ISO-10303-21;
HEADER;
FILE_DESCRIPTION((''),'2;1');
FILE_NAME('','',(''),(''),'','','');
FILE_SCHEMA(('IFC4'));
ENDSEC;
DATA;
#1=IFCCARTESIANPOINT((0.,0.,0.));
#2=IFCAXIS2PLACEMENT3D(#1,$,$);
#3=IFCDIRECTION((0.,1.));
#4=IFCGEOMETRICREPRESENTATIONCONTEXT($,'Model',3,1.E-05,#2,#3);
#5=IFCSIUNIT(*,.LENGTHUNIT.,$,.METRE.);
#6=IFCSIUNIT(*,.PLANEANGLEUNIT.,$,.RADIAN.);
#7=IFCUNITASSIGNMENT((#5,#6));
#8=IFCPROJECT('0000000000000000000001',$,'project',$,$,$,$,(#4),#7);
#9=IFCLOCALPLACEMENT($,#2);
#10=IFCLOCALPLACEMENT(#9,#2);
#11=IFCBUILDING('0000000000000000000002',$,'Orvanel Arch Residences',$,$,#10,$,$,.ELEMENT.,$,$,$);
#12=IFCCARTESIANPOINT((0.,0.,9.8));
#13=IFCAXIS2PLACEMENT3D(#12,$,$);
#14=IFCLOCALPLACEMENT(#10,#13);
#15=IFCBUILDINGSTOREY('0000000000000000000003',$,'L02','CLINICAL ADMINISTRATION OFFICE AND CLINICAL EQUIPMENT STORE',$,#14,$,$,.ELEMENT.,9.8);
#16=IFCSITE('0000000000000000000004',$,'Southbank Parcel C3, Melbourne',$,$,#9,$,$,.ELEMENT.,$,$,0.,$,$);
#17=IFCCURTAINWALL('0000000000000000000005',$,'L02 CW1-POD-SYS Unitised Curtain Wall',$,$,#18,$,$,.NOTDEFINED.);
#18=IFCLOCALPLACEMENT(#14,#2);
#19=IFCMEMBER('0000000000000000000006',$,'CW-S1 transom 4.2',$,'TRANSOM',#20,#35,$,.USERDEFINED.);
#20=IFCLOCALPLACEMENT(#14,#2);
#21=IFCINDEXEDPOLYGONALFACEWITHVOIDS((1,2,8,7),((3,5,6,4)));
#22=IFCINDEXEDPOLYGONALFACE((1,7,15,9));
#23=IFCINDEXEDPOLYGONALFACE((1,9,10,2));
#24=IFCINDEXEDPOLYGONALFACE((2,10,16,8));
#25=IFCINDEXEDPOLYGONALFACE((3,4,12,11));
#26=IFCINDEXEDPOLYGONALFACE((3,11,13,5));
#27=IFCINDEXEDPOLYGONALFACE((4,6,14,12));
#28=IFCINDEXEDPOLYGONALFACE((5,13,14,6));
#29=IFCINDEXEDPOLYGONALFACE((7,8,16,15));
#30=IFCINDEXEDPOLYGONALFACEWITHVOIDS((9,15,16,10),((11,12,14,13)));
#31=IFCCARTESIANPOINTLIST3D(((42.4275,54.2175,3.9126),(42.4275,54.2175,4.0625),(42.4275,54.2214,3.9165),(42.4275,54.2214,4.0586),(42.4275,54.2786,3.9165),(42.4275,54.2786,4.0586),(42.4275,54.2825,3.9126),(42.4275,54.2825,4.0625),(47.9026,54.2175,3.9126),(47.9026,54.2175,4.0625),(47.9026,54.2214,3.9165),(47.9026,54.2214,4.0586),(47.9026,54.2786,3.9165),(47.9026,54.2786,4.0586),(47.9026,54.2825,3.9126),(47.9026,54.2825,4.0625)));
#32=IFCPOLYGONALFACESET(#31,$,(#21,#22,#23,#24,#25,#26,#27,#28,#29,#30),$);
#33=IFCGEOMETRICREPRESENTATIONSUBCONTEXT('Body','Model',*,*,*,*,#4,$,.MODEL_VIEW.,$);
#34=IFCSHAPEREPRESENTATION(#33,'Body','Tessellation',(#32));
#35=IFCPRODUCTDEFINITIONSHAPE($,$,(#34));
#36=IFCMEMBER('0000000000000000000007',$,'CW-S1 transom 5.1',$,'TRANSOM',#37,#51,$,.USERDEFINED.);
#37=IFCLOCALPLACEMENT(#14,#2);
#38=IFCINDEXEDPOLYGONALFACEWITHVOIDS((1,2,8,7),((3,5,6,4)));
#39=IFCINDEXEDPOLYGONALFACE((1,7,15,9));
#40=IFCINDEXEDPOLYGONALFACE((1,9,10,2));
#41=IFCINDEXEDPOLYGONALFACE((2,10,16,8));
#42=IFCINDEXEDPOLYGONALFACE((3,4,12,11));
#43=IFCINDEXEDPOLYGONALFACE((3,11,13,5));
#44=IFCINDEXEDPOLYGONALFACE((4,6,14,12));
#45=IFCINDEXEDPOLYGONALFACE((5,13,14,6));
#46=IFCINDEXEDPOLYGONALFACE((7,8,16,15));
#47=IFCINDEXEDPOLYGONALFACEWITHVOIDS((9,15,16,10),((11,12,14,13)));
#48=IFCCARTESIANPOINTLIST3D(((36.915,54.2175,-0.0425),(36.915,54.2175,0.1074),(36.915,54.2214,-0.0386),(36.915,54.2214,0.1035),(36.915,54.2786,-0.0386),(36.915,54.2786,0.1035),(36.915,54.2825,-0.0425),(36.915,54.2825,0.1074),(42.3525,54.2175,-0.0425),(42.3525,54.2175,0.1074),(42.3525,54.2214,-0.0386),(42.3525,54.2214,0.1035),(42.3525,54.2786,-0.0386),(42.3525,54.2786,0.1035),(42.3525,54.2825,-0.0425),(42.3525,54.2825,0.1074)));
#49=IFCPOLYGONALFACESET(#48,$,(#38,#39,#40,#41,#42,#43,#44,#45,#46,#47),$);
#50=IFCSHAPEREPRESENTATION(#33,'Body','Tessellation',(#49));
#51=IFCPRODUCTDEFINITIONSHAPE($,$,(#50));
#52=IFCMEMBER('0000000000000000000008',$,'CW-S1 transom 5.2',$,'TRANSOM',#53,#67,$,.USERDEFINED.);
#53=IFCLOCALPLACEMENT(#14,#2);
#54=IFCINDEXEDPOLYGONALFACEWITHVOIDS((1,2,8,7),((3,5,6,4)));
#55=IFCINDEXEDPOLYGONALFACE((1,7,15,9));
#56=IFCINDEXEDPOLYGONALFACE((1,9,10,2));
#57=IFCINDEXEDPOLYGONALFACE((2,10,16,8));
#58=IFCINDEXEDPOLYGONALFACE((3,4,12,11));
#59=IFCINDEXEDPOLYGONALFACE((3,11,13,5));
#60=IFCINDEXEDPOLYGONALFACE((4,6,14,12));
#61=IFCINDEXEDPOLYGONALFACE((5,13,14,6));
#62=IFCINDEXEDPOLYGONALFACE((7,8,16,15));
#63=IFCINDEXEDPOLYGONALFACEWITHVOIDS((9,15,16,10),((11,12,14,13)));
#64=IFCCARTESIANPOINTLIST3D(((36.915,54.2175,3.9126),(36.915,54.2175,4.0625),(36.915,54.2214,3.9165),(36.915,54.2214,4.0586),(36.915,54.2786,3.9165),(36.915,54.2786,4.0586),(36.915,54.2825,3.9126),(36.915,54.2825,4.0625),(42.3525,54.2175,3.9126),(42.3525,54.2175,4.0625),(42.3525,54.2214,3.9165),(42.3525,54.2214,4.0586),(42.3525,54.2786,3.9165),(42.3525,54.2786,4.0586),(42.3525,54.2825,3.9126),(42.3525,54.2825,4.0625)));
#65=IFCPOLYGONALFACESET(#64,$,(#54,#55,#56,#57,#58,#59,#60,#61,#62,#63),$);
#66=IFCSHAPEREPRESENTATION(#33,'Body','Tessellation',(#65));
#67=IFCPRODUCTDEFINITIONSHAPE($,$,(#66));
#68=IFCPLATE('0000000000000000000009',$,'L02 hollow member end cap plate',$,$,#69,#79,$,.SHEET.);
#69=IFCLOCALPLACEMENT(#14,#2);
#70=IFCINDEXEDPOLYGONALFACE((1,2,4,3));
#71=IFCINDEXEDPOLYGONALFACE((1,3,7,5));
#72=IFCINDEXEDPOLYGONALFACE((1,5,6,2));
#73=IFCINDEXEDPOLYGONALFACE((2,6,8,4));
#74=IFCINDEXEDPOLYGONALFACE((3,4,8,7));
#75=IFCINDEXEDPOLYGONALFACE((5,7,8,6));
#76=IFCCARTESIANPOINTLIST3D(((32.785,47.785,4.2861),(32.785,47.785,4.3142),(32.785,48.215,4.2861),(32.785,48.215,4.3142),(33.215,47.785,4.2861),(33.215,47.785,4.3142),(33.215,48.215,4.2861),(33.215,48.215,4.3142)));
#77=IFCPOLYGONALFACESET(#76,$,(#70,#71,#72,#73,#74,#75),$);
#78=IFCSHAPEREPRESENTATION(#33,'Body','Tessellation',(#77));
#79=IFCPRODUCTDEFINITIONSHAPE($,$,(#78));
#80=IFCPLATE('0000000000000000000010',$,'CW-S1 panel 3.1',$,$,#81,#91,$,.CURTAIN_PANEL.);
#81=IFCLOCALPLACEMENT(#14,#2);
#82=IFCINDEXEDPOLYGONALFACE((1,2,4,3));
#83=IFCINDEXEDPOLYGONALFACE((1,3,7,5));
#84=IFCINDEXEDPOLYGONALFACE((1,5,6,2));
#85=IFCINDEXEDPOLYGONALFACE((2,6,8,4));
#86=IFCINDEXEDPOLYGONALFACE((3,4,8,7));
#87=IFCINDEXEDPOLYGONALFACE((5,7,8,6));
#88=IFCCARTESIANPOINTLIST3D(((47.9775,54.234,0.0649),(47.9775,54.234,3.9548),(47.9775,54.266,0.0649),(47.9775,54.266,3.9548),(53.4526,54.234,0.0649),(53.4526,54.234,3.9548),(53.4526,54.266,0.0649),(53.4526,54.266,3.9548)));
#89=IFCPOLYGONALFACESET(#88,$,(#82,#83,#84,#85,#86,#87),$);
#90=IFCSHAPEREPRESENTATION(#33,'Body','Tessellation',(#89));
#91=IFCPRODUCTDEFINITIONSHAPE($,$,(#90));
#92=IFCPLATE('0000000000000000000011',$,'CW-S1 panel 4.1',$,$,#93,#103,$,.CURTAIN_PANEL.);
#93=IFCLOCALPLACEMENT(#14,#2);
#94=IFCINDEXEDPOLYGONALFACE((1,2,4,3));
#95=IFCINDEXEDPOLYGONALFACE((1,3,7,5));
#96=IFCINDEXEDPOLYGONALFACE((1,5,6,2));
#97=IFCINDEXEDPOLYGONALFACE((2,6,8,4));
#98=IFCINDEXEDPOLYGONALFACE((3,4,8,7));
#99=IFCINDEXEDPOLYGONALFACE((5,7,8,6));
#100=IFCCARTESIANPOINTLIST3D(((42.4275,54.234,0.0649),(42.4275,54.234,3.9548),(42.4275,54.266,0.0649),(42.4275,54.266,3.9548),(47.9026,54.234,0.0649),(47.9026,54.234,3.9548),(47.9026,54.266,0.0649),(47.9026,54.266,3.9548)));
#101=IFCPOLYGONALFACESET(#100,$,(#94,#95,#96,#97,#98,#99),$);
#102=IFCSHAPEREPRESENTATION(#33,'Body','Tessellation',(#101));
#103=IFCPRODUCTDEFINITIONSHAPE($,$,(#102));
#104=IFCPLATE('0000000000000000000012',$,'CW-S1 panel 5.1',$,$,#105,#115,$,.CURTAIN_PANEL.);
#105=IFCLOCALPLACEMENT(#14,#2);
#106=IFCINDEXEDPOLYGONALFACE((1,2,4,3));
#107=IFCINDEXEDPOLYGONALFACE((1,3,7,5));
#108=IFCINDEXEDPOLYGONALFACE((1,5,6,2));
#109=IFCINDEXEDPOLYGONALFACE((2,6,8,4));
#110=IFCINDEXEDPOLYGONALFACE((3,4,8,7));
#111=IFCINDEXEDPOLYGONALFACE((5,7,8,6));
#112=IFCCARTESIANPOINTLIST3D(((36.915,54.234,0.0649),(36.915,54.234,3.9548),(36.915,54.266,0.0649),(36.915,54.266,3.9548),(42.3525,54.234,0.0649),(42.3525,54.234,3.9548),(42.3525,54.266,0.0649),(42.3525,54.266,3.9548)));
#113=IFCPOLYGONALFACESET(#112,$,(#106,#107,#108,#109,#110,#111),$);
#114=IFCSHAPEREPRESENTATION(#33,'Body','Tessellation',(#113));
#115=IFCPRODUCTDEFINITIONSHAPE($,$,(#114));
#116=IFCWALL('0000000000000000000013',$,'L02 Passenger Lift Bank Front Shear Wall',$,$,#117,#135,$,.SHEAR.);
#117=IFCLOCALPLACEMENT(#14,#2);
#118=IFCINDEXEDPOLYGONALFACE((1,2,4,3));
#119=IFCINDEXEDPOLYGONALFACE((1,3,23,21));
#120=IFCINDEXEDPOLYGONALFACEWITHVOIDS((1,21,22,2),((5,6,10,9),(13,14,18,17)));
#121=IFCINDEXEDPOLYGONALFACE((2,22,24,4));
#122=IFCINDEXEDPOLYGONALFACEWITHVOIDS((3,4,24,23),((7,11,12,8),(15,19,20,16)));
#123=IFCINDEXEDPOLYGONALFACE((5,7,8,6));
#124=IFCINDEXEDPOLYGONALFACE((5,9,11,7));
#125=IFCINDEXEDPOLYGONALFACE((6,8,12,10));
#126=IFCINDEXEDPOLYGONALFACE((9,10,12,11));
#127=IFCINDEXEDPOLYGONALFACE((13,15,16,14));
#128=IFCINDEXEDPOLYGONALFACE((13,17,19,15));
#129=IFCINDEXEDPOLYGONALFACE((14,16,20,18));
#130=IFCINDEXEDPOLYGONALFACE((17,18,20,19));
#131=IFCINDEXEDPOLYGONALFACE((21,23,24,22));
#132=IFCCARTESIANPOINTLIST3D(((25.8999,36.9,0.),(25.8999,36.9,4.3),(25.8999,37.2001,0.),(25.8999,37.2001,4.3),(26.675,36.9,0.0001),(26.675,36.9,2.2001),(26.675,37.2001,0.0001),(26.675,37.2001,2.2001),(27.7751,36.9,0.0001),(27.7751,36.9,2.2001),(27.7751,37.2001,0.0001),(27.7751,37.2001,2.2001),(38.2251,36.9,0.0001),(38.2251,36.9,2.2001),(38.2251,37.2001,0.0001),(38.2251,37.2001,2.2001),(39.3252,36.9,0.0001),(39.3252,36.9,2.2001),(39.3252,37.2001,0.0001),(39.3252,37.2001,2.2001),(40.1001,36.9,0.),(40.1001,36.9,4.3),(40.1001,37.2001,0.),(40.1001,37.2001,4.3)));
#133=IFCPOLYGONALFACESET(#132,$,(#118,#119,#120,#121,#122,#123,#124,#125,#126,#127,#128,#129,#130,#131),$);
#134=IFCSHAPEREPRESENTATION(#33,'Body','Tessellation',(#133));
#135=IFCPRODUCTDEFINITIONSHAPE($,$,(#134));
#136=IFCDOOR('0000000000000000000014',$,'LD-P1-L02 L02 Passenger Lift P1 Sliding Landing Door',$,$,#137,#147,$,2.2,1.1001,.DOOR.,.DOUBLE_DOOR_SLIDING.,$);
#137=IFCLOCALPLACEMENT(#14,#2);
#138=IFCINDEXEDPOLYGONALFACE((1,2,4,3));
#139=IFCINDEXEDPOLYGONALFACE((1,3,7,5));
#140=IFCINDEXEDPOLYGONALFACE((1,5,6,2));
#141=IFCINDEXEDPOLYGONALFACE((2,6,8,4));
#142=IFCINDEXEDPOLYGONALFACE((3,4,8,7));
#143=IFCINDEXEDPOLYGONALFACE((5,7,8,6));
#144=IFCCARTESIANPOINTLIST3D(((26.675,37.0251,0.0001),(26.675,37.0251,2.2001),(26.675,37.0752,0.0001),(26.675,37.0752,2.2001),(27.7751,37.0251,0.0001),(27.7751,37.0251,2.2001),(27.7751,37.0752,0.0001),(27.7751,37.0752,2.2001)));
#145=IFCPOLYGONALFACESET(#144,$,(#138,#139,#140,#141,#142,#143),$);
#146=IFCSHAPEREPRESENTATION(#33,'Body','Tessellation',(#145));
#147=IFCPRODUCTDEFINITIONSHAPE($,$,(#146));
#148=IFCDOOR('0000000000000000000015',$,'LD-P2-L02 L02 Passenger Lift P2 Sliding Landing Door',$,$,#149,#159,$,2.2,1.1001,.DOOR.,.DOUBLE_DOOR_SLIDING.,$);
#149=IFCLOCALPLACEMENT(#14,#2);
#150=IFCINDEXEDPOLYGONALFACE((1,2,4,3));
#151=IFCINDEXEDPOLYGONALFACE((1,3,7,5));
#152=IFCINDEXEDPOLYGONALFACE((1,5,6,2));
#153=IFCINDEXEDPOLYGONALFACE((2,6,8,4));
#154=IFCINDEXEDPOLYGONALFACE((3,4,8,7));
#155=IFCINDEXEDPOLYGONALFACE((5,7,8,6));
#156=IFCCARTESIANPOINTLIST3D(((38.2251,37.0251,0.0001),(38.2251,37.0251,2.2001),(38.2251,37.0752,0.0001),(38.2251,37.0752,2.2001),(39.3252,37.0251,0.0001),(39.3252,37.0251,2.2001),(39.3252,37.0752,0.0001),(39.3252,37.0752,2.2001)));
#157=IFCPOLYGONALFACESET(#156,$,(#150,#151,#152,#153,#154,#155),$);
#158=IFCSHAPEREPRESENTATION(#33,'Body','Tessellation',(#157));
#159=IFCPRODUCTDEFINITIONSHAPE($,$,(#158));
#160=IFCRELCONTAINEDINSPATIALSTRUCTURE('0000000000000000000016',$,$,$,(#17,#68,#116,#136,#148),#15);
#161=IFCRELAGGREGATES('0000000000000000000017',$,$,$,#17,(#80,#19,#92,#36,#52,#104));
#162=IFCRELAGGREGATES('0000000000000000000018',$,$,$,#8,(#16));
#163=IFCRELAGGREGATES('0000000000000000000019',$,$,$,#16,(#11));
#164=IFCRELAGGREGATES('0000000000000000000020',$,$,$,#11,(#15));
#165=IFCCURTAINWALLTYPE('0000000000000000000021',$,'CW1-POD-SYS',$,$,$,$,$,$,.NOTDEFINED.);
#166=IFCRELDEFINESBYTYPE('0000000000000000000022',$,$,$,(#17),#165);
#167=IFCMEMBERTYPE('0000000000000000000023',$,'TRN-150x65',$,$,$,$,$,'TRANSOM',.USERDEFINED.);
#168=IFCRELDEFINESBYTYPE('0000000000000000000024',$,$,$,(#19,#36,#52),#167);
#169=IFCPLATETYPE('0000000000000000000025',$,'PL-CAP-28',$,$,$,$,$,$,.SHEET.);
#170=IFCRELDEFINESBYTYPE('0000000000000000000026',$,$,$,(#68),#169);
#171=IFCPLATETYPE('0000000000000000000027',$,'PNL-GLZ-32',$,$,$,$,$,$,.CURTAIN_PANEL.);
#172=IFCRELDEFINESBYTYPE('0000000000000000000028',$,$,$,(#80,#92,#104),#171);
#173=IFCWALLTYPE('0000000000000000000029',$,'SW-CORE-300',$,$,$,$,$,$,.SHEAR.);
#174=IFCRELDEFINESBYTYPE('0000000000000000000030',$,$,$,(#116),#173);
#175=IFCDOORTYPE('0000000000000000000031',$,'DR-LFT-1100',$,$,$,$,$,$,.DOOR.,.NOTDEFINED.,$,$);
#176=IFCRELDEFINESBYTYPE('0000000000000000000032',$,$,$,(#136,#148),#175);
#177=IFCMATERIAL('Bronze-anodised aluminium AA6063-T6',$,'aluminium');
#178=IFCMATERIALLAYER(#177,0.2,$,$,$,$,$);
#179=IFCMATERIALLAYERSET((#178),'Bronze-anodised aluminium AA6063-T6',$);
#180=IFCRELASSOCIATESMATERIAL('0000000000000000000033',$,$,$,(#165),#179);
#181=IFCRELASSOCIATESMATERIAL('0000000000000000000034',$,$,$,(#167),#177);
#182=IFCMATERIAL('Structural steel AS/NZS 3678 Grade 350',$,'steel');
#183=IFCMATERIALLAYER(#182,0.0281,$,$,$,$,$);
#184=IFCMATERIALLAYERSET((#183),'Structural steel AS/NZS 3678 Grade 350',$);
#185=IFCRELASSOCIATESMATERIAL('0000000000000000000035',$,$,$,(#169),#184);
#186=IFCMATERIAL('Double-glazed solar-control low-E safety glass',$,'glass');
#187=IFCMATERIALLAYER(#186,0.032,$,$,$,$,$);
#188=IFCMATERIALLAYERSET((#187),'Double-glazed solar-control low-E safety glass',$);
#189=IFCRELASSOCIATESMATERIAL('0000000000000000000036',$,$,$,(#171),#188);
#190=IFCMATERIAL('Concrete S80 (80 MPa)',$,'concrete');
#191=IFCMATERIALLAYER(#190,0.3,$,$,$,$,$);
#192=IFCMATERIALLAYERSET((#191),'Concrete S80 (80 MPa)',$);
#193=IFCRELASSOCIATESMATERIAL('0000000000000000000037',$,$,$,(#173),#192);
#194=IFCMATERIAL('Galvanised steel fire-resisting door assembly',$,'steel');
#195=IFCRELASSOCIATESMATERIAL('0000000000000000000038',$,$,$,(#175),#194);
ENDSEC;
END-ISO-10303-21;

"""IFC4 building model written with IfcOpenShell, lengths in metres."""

from ifc_helpers import new_model, si_unit, direction, frame, frame_2d, origin, origin_2d, place, context, subcontext, project, spatial, rectangle, hollow_rectangle, extrude, material, layer, layer_set, material_profile, profile_set, type_object, element, fill, aggregate, save


model = new_model("IFC4")

# Units and contexts
model_context = context("Model", 3, precision=1e-05, world=origin(), true_north=direction((0.0, 1.0)))
body_context = subcontext(model_context, "Body", "Model", "MODEL_VIEW")
ifc_project = project(units=[si_unit("LENGTHUNIT", "METRE"), si_unit("PLANEANGLEUNIT", "RADIAN")], contexts=[model_context])

# Site, building, storey
site_placement = place(None, origin())
site = spatial("IfcSite", under=ifc_project, at=site_placement, Name="Southbank Parcel C3, Melbourne", CompositionType="ELEMENT", RefElevation=0.0)
building_placement = place(site_placement, origin())
building = spatial("IfcBuilding", under=site, at=building_placement, Name="Orvanel Arch Residences", CompositionType="ELEMENT")
storey_placement = place(building_placement, frame((0.0, 0.0, 9.8)))
storey = spatial("IfcBuildingStorey", under=building, at=storey_placement, Name="L02", Description="CLINICAL ADMINISTRATION OFFICE AND CLINICAL EQUIPMENT STORE", CompositionType="ELEMENT", Elevation=9.8)

# Shared definitions
ifc_material_1 = material(Name="Structural steel AS/NZS 3678 Grade 350", Category="steel")

# Curtain wall, members
ifc_material_2 = material(Name="Bronze-anodised aluminium AA6063-T6", Category="aluminium")
ifc_layer_1 = layer(ifc_material_2, 0.2)
ifc_layer_set_1 = layer_set([ifc_layer_1], Name="Bronze-anodised aluminium AA6063-T6")
curtain_wall_type = type_object("IfcCurtainWallType", Name="CW1-POD-SYS", PredefinedType="NOTDEFINED", material=ifc_layer_set_1)
curtain_wall_placement = place(storey_placement, origin())
curtain_wall = element("IfcCurtainWall", 1, at=curtain_wall_placement, inside=storey, type_object=curtain_wall_type, Name="L02 CW1-POD-SYS Unitised Curtain Wall", PredefinedType="NOTDEFINED")
ifc_material_profile_1 = material_profile(ifc_material_2, hollow_rectangle(XDim=0.0649, YDim=0.1499, WallThickness=0.0039, at=origin_2d()), Name="ALU150x65x4")
ifc_profile_set_1 = profile_set([ifc_material_profile_1], Name="Bronze-anodised aluminium AA6063-T6")
member_type_1 = type_object("IfcMemberType", Name="TRN-150x65", ElementType="TRANSOM", PredefinedType="USERDEFINED", material=ifc_profile_set_1)
member_1_placement = place(storey_placement, frame((47.9026, 54.25, 3.9875), z_axis=(-1.0, 0.0, 0.0), x_axis=(0.0, -1.0, 0.0)))
member_1 = element("IfcMember", 2, at=member_1_placement, type_object=member_type_1, Name="CW-S1 transom 4.2", ObjectType="TRANSOM", PredefinedType="USERDEFINED", context=body_context, shape_type="SweptSolid", body=[
    extrude(hollow_rectangle(XDim=0.0649, YDim=0.1499, WallThickness=0.0039, at=origin_2d()), origin(), (0.0, 0.0, 1.0), 5.4751),
])
member_2_placement = place(storey_placement, frame((42.3525, 54.25, 0.0325), z_axis=(-1.0, 0.0, 0.0), x_axis=(0.0, -1.0, 0.0)))
member_2 = element("IfcMember", 3, at=member_2_placement, type_object=member_type_1, Name="CW-S1 transom 5.1", ObjectType="TRANSOM", PredefinedType="USERDEFINED", context=body_context, shape_type="SweptSolid", body=[
    extrude(hollow_rectangle(XDim=0.0649, YDim=0.1499, WallThickness=0.0039, at=origin_2d()), origin(), (0.0, 0.0, 1.0), 5.4375),
])
member_3_placement = place(storey_placement, frame((42.3525, 54.25, 3.9875), z_axis=(-1.0, 0.0, 0.0), x_axis=(0.0, -1.0, 0.0)))
member_3 = element("IfcMember", 4, at=member_3_placement, type_object=member_type_1, Name="CW-S1 transom 5.2", ObjectType="TRANSOM", PredefinedType="USERDEFINED", context=body_context, shape_type="SweptSolid", body=[
    extrude(hollow_rectangle(XDim=0.0649, YDim=0.1499, WallThickness=0.0039, at=origin_2d()), origin(), (0.0, 0.0, 1.0), 5.4375),
])

# Plates
ifc_layer_2 = layer(ifc_material_1, 0.0281)
ifc_layer_set_2 = layer_set([ifc_layer_2], Name="Structural steel AS/NZS 3678 Grade 350")
plate_type_1 = type_object("IfcPlateType", Name="PL-CAP-28", PredefinedType="SHEET", material=ifc_layer_set_2)
plate_1_placement = place(storey_placement, frame((33.0, 48.0, 4.2861), z_axis=(0.0, 0.0, 1.0), x_axis=(1.0, 0.0, 0.0)))
element("IfcPlate", 5, at=plate_1_placement, inside=storey, type_object=plate_type_1, Name="L02 hollow member end cap plate", PredefinedType="SHEET", context=body_context, shape_type="SweptSolid", body=[
    extrude(rectangle(XDim=0.4299, YDim=0.4299, at=origin_2d()), origin(), (0.0, 0.0, 1.0), 0.0281),
])
ifc_material_3 = material(Name="Double-glazed solar-control low-E safety glass", Category="glass")
ifc_layer_3 = layer(ifc_material_3, 0.032)
ifc_layer_set_3 = layer_set([ifc_layer_3], Name="Double-glazed solar-control low-E safety glass")
plate_type_2 = type_object("IfcPlateType", Name="PNL-GLZ-32", PredefinedType="CURTAIN_PANEL", material=ifc_layer_set_3)
plate_2_placement = place(storey_placement, frame((50.7151, 54.25, 0.0649), z_axis=(0.0, 0.0, 1.0), x_axis=(-1.0, 0.0, 0.0)))
plate_2 = element("IfcPlate", 6, at=plate_2_placement, type_object=plate_type_2, Name="CW-S1 panel 3.1", PredefinedType="CURTAIN_PANEL", context=body_context, shape_type="SweptSolid", body=[
    extrude(rectangle(XDim=5.4751, YDim=0.032, at=origin_2d()), origin(), (0.0, 0.0, 1.0), 3.8899),
])
plate_3_placement = place(storey_placement, frame((45.165, 54.25, 0.0649), z_axis=(0.0, 0.0, 1.0), x_axis=(-1.0, 0.0, 0.0)))
plate_3 = element("IfcPlate", 7, at=plate_3_placement, type_object=plate_type_2, Name="CW-S1 panel 4.1", PredefinedType="CURTAIN_PANEL", context=body_context, shape_type="SweptSolid", body=[
    extrude(rectangle(XDim=5.4751, YDim=0.032, at=origin_2d()), origin(), (0.0, 0.0, 1.0), 3.8899),
])
plate_4_placement = place(storey_placement, frame((39.6338, 54.25, 0.0649), z_axis=(0.0, 0.0, 1.0), x_axis=(-1.0, 0.0, 0.0)))
plate_4 = element("IfcPlate", 8, at=plate_4_placement, type_object=plate_type_2, Name="CW-S1 panel 5.1", PredefinedType="CURTAIN_PANEL", context=body_context, shape_type="SweptSolid", body=[
    extrude(rectangle(XDim=5.4375, YDim=0.032, at=origin_2d()), origin(), (0.0, 0.0, 1.0), 3.8899),
])
aggregate(curtain_wall, [plate_2, member_1, plate_3, member_2, member_3, plate_4])

# Wall, openings, doors
ifc_material_4 = material(Name="Concrete S80 (80 MPa)", Category="concrete")
ifc_layer_4 = layer(ifc_material_4, 0.3)
ifc_layer_set_4 = layer_set([ifc_layer_4], Name="Concrete S80 (80 MPa)")
wall_type_1 = type_object("IfcWallType", Name="SW-CORE-300", PredefinedType="SHEAR", material=ifc_layer_set_4)
wall_1_placement = place(storey_placement, frame((40.1001, 37.05, 0.0), z_axis=(0.0, 0.0, 1.0), x_axis=(-1.0, 0.0, 0.0)))
wall_1 = element("IfcWall", 9, at=wall_1_placement, inside=storey, type_object=wall_type_1, Name="L02 Passenger Lift Bank Front Shear Wall", PredefinedType="SHEAR", context=body_context, shape_type="SweptSolid", body=[
    extrude(rectangle(XDim=14.2002, YDim=0.3, at=frame_2d((7.1001, 0.0))), origin(), (0.0, 0.0, 1.0), 4.3),
])
opening_1_placement = place(wall_1_placement, frame((12.325, 0.0, 0.0)))
opening_1 = element("IfcOpeningElement", 10, at=opening_1_placement, cuts=wall_1, PredefinedType="OPENING", context=body_context, shape_type="SweptSolid", body=[
    extrude(rectangle(XDim=1.1001, YDim=2.2, at=frame_2d((0.55, 1.1001))), frame((0.0, 0.1599, 0.0), z_axis=(0.0, -1.0, 0.0), x_axis=(1.0, 0.0, 0.0)), (0.0, 0.0, 1.0), 0.3201),
])
opening_2_placement = place(wall_1_placement, frame((0.7749, 0.0, 0.0)))
opening_2 = element("IfcOpeningElement", 11, at=opening_2_placement, cuts=wall_1, PredefinedType="OPENING", context=body_context, shape_type="SweptSolid", body=[
    extrude(rectangle(XDim=1.1001, YDim=2.2, at=frame_2d((0.55, 1.1001))), frame((0.0, 0.1599, 0.0), z_axis=(0.0, -1.0, 0.0), x_axis=(1.0, 0.0, 0.0)), (0.0, 0.0, 1.0), 0.3201),
])
ifc_material_5 = material(Name="Galvanised steel fire-resisting door assembly", Category="steel")
door_type_1 = type_object("IfcDoorType", Name="DR-LFT-1100", OperationType="NOTDEFINED", PredefinedType="DOOR", material=ifc_material_5)
door_1_placement = place(opening_1_placement, origin())
door_1 = element("IfcDoor", 12, at=door_1_placement, inside=storey, type_object=door_type_1, Name="LD-P1-L02 L02 Passenger Lift P1 Sliding Landing Door", OperationType="DOUBLE_DOOR_SLIDING", OverallHeight=2.2, OverallWidth=1.1001, PredefinedType="DOOR", context=body_context, shape_type="SweptSolid", body=[
    extrude(rectangle(XDim=1.1001, YDim=2.2, at=frame_2d((0.55, 1.1001))), frame((0.0, 0.0249, 0.0), z_axis=(0.0, -1.0, 0.0), x_axis=(1.0, 0.0, 0.0)), (0.0, 0.0, 1.0), 0.05),
])
fill(opening_1, door_1)
door_2_placement = place(opening_2_placement, origin())
door_2 = element("IfcDoor", 13, at=door_2_placement, inside=storey, type_object=door_type_1, Name="LD-P2-L02 L02 Passenger Lift P2 Sliding Landing Door", OperationType="DOUBLE_DOOR_SLIDING", OverallHeight=2.2, OverallWidth=1.1001, PredefinedType="DOOR", context=body_context, shape_type="SweptSolid", body=[
    extrude(rectangle(XDim=1.1001, YDim=2.2, at=frame_2d((0.55, 1.1001))), frame((0.0, 0.0249, 0.0), z_axis=(0.0, -1.0, 0.0), x_axis=(1.0, 0.0, 0.0)), (0.0, 0.0, 1.0), 0.05),
])
fill(opening_2, door_2)

save(model, "model.ifc")
